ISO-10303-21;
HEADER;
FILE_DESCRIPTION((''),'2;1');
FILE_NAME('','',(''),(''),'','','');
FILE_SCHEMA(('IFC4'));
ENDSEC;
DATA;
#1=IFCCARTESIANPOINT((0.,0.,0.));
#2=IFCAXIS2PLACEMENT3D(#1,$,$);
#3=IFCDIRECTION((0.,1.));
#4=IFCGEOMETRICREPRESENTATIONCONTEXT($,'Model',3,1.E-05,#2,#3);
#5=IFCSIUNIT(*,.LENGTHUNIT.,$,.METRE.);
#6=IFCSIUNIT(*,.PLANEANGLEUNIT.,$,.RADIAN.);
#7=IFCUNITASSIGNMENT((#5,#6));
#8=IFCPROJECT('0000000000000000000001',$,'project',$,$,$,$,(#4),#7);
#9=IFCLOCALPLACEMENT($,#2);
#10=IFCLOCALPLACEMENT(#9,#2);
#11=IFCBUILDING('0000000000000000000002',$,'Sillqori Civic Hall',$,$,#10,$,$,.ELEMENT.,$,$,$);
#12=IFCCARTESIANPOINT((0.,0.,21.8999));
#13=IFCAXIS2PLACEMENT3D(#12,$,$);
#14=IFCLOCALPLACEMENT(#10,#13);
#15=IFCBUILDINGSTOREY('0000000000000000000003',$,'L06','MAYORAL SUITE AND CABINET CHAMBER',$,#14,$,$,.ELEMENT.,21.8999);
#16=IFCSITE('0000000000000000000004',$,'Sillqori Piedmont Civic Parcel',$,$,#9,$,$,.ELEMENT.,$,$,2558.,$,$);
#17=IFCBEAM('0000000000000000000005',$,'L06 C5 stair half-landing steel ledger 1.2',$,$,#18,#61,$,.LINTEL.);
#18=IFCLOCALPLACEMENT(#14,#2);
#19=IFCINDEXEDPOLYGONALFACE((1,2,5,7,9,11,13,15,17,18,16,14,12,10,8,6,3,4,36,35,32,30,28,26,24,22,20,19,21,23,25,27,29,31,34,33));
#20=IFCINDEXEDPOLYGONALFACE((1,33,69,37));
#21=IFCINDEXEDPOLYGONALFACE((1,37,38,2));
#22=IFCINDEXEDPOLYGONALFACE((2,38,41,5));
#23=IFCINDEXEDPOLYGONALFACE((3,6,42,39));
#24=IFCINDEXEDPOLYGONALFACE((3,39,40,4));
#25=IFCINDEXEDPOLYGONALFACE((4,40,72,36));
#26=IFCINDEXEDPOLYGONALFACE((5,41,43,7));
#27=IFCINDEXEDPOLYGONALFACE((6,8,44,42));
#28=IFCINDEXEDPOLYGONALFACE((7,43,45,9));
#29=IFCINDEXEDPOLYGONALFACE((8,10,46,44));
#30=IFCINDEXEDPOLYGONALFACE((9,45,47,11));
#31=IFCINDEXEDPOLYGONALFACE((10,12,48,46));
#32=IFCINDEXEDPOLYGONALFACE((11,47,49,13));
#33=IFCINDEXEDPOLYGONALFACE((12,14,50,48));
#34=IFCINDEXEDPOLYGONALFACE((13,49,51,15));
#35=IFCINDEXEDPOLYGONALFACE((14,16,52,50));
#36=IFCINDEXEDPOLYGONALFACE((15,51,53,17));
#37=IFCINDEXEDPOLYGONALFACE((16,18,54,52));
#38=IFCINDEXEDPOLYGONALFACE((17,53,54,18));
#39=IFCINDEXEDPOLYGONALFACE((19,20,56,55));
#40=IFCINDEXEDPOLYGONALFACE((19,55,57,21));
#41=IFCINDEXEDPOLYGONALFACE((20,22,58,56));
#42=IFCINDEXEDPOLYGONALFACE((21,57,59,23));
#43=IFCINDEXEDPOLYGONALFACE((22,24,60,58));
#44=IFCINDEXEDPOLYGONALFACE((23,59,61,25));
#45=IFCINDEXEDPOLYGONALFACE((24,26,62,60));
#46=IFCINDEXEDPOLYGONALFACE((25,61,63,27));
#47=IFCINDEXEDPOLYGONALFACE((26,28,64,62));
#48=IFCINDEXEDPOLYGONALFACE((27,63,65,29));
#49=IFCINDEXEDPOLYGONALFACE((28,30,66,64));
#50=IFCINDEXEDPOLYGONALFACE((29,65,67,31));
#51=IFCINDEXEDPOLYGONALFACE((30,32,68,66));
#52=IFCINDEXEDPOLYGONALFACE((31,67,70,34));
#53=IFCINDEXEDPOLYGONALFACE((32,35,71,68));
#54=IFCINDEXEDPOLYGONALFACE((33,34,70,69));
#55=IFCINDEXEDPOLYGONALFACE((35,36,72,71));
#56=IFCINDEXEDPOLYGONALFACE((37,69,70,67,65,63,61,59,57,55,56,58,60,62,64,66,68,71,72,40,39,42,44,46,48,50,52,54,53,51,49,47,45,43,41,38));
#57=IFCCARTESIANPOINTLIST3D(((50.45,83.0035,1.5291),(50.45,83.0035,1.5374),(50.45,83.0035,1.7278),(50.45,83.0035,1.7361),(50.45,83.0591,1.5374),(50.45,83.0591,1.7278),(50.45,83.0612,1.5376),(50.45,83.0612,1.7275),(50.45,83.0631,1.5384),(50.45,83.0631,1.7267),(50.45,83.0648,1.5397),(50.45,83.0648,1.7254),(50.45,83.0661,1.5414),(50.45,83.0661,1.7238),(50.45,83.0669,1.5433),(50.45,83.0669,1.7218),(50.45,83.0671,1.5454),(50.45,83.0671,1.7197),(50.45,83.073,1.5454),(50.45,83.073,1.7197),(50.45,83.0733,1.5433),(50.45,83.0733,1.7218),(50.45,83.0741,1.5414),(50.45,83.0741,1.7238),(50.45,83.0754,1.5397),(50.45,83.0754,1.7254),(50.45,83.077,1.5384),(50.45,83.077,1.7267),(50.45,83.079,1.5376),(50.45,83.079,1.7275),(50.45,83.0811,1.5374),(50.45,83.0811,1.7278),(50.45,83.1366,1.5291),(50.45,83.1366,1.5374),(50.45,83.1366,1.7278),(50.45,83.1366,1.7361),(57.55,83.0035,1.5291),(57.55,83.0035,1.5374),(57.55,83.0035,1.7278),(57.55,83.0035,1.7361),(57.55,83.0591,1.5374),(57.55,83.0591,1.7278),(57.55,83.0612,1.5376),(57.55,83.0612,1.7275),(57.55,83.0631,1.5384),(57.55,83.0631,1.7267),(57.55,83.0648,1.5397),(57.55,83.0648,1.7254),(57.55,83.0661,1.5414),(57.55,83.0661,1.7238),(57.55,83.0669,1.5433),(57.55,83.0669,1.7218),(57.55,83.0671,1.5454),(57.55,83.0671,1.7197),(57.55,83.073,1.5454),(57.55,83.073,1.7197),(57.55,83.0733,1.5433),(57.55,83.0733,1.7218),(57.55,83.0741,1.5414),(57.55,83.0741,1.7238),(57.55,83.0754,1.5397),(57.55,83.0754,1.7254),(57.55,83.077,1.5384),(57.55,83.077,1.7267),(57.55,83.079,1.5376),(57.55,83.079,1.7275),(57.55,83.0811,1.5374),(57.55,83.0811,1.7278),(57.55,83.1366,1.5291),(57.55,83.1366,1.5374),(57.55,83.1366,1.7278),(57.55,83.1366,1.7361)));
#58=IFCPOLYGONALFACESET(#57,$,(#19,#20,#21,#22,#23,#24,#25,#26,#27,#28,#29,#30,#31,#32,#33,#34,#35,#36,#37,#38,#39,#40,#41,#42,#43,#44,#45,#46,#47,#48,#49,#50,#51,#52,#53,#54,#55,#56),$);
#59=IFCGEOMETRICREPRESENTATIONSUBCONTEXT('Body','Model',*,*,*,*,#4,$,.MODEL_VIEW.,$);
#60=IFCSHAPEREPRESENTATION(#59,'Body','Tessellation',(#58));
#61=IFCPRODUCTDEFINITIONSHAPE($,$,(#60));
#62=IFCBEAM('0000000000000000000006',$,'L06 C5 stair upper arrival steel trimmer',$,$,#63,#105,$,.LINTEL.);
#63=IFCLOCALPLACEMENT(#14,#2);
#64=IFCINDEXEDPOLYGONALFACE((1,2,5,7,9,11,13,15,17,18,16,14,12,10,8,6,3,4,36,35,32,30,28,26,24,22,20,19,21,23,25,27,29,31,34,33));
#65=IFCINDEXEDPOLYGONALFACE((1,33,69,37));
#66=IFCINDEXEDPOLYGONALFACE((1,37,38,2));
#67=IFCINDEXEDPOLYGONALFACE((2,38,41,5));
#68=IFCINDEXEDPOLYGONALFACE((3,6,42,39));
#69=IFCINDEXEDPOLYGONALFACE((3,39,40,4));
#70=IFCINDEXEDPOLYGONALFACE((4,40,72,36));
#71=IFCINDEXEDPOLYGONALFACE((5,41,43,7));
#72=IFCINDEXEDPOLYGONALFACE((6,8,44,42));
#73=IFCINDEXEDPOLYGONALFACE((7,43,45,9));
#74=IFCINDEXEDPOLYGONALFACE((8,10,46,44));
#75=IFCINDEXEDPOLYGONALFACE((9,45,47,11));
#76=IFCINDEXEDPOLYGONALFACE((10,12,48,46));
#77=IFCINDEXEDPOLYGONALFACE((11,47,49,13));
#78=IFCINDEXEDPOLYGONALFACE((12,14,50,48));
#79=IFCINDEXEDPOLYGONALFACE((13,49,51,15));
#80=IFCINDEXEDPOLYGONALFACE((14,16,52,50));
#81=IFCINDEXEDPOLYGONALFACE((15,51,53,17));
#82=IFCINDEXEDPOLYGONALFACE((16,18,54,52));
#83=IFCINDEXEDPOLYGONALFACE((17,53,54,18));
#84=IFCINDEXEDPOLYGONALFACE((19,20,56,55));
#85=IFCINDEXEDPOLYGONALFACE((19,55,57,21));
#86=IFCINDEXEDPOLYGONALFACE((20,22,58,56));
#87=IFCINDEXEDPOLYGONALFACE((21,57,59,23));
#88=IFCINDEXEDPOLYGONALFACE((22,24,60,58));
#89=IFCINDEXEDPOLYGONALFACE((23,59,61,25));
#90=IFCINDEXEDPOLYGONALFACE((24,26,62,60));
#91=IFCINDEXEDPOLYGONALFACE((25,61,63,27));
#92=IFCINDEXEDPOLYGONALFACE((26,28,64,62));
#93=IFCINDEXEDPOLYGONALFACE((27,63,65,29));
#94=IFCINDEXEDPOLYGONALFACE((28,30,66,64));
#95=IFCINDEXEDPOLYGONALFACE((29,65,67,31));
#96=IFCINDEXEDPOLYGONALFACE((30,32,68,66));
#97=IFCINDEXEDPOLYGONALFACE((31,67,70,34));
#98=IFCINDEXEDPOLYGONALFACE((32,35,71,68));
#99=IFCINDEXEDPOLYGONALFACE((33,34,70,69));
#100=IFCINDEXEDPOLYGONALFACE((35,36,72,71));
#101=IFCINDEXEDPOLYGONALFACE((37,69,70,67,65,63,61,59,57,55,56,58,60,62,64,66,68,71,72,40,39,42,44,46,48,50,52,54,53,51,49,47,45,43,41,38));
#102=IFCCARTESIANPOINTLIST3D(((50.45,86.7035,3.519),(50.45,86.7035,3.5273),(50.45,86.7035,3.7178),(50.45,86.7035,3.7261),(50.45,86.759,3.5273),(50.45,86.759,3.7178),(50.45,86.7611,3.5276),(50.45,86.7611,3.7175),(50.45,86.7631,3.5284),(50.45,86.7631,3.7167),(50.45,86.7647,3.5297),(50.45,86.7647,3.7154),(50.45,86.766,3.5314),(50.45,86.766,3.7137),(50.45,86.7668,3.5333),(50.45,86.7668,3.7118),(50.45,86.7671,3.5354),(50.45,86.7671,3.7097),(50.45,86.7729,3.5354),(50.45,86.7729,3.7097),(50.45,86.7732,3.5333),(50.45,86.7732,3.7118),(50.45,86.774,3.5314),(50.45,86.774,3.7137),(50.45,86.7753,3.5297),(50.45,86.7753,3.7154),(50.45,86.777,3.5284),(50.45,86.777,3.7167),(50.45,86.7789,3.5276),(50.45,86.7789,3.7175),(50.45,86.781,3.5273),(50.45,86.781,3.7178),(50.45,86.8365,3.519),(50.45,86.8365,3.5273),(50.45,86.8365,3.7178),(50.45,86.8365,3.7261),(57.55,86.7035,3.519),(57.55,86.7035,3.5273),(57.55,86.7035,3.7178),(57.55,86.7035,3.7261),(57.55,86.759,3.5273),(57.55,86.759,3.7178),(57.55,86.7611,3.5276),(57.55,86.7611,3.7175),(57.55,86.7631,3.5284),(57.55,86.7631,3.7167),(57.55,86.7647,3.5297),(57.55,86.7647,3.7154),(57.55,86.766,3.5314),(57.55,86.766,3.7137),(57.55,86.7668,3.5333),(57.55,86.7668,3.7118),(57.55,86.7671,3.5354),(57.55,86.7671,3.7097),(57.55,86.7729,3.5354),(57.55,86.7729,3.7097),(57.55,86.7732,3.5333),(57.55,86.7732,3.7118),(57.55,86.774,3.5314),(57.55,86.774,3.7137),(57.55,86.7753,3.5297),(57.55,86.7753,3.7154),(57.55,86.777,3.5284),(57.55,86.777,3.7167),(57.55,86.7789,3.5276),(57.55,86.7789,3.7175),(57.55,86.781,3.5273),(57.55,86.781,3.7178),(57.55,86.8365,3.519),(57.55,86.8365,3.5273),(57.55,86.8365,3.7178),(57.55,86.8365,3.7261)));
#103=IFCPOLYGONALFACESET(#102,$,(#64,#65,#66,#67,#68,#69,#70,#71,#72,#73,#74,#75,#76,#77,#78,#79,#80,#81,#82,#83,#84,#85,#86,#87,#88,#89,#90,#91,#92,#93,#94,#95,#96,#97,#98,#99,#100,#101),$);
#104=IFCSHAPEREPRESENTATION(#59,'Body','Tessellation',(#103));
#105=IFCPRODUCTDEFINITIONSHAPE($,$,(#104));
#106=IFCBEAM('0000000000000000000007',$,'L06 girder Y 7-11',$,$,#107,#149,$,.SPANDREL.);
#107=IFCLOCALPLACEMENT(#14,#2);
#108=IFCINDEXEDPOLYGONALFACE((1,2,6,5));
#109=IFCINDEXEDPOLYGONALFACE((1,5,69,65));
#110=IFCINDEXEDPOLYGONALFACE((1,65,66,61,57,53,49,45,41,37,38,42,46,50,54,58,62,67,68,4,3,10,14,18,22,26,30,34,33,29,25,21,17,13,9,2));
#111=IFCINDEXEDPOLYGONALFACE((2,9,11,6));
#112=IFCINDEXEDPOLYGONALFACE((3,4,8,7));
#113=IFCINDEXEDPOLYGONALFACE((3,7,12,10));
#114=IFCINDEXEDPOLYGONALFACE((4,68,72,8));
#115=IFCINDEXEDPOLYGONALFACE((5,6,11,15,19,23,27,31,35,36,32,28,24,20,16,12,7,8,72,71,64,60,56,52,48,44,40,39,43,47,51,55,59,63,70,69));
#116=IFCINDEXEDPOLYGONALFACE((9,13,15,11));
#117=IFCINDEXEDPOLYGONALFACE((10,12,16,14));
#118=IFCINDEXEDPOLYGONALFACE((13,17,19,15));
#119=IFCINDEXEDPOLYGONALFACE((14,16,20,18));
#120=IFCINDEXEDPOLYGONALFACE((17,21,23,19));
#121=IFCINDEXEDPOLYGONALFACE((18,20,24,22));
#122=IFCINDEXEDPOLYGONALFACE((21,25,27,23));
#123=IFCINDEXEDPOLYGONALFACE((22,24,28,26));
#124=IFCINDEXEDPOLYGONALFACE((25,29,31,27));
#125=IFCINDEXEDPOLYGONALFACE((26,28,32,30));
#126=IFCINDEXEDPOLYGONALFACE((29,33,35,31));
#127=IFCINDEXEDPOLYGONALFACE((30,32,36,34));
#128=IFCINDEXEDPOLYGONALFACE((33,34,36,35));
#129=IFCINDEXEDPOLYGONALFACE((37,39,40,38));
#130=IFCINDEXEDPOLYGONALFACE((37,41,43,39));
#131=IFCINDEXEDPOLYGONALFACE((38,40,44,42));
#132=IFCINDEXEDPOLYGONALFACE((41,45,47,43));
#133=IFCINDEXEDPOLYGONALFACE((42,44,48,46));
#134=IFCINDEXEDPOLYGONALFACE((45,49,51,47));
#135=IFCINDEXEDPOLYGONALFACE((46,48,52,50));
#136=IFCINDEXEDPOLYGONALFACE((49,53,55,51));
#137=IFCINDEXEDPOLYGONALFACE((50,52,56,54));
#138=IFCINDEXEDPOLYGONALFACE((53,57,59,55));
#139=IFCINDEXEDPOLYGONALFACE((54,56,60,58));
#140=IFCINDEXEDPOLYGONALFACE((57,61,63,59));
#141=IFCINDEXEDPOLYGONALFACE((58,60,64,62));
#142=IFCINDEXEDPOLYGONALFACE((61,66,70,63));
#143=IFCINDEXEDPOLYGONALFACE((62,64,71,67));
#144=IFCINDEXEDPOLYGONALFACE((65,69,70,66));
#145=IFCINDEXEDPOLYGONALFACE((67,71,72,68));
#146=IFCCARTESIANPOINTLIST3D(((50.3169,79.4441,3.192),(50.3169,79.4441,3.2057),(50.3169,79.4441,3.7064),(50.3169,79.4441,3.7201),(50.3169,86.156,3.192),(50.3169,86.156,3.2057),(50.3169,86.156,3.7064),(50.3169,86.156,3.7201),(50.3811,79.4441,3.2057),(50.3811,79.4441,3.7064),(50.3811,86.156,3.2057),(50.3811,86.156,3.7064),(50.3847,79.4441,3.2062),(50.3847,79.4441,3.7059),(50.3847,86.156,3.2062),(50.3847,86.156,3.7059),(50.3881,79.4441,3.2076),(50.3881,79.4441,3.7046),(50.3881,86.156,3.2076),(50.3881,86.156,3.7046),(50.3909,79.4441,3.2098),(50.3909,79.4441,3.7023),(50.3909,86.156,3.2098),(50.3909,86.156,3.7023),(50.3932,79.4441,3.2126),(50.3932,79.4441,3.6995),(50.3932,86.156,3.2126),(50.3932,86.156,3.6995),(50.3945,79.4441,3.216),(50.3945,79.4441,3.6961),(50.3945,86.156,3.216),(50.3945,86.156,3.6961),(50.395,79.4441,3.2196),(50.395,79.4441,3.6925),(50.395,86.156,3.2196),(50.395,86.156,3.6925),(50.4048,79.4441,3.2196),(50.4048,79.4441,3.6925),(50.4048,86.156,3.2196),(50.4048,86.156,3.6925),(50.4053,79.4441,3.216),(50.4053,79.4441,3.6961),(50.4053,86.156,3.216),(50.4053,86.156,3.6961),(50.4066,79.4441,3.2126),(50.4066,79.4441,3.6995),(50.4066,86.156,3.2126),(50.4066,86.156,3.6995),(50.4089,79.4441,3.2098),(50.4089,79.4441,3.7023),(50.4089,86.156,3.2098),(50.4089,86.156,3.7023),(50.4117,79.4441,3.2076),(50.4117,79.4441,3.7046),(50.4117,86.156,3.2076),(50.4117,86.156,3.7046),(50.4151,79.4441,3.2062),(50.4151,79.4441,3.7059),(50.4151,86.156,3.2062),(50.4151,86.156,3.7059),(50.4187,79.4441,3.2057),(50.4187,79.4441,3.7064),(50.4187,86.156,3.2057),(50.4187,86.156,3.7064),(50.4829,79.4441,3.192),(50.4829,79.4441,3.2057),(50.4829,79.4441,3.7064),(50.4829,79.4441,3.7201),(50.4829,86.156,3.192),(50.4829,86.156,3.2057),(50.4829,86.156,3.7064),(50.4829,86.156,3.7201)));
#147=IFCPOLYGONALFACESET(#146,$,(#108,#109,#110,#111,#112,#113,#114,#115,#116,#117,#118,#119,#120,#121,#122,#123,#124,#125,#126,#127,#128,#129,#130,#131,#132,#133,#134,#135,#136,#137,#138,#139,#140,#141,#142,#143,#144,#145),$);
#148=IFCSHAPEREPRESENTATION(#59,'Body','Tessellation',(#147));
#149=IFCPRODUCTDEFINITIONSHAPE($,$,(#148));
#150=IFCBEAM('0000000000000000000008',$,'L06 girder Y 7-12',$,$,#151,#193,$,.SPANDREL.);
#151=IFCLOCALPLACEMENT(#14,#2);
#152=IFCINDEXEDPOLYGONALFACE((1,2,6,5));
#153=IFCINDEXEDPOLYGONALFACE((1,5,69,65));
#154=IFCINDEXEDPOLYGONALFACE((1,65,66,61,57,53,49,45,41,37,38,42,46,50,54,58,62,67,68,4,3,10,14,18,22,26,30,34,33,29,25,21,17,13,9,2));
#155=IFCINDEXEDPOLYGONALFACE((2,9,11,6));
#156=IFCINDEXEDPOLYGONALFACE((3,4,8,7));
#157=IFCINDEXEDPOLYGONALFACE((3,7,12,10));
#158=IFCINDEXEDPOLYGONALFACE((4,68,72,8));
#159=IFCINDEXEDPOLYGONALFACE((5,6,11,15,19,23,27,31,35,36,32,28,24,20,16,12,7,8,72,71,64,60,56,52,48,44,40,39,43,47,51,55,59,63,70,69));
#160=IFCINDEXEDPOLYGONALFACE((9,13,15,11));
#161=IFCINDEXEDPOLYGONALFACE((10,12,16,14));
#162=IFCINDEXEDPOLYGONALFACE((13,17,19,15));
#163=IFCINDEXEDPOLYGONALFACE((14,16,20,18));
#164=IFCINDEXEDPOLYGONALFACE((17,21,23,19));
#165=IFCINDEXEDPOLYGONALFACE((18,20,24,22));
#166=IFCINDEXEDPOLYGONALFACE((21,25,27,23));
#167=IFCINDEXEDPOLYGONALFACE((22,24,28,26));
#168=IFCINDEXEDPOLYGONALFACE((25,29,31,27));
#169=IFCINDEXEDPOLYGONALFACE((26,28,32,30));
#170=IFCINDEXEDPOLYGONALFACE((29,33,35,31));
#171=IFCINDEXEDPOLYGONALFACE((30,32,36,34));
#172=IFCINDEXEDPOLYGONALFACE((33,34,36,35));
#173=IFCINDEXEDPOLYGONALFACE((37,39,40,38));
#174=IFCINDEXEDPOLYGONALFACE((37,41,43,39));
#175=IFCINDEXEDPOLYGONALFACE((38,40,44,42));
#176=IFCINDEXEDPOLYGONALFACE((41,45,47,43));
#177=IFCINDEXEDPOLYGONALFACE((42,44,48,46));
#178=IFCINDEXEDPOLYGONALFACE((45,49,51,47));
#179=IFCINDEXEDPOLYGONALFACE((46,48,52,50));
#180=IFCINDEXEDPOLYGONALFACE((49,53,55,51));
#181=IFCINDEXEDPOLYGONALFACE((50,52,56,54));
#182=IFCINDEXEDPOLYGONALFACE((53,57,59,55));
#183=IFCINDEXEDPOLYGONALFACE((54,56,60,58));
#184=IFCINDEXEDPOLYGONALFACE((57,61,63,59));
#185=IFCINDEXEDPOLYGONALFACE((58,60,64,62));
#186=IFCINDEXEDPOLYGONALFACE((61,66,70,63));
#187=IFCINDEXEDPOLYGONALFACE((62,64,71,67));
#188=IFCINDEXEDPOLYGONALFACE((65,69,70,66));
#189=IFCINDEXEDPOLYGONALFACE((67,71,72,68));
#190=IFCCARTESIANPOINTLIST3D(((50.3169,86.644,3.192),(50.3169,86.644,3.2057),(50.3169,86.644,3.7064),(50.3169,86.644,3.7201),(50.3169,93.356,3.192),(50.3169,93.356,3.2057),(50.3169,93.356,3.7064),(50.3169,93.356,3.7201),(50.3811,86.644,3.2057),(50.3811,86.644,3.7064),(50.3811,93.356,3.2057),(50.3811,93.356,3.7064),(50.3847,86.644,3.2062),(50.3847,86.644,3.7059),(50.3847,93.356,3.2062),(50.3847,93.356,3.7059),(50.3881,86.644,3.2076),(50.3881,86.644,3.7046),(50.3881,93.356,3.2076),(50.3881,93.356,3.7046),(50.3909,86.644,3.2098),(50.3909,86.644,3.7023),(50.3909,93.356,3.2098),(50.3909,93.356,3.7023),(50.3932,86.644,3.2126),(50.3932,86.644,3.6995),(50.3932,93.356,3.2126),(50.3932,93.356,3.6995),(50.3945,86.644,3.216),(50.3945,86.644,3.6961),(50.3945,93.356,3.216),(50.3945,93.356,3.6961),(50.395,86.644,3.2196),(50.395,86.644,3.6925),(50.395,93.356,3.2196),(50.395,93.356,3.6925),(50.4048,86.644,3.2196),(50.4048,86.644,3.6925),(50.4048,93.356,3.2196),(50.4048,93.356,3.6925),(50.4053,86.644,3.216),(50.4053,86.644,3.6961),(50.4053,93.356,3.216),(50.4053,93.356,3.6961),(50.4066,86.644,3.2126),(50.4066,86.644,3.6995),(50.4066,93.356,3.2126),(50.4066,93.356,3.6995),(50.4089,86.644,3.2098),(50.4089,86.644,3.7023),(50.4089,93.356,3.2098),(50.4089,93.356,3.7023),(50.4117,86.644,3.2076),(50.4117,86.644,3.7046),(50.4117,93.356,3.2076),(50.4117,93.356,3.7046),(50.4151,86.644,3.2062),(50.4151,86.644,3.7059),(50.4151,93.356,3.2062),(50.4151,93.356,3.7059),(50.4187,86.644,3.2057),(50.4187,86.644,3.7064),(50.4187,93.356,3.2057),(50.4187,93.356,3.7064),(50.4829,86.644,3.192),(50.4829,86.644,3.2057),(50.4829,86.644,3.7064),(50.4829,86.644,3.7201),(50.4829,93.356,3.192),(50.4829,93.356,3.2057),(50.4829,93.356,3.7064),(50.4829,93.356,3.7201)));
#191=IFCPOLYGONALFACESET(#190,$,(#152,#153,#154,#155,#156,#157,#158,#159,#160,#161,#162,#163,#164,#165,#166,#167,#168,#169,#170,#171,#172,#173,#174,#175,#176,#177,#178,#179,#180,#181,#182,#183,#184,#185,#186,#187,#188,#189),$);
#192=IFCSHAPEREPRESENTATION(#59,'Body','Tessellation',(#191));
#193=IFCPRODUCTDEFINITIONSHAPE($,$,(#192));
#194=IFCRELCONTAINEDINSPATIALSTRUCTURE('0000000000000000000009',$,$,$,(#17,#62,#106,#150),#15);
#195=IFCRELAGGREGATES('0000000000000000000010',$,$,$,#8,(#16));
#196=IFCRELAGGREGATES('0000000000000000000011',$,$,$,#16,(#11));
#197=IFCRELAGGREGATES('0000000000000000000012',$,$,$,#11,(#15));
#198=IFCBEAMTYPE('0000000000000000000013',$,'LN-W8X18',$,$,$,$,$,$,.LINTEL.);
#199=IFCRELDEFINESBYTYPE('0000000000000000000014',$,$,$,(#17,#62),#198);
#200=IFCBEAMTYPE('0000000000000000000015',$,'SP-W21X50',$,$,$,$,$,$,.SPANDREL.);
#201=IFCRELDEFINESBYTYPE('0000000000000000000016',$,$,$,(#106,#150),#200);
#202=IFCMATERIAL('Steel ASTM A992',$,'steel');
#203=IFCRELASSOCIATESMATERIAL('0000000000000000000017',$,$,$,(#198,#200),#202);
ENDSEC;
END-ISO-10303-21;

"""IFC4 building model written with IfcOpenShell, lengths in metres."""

from ifc_helpers import new_model, si_unit, direction, frame, origin, origin_2d, place, context, subcontext, project, spatial, i_section, extrude, material, material_profile, profile_set, type_object, element, save


model = new_model("IFC4")

# Units and contexts
model_context = context("Model", 3, precision=1e-05, world=origin(), true_north=direction((0.0, 1.0)))
body_context = subcontext(model_context, "Body", "Model", "MODEL_VIEW")
ifc_project = project(units=[si_unit("LENGTHUNIT", "METRE"), si_unit("PLANEANGLEUNIT", "RADIAN")], contexts=[model_context])

# Site, building, storey
site_placement = place(None, origin())
site = spatial("IfcSite", under=ifc_project, at=site_placement, Name="Sillqori Piedmont Civic Parcel", CompositionType="ELEMENT", RefElevation=2558.0)
building_placement = place(site_placement, origin())
building = spatial("IfcBuilding", under=site, at=building_placement, Name="Sillqori Civic Hall", CompositionType="ELEMENT")
storey_placement = place(building_placement, frame((0.0, 0.0, 21.8999)))
storey = spatial("IfcBuildingStorey", under=building, at=storey_placement, Name="L06", Description="MAYORAL SUITE AND CABINET CHAMBER", CompositionType="ELEMENT", Elevation=21.8999)

# Beams
ifc_material_1 = material(Name="Steel ASTM A992", Category="steel")
ifc_material_profile_1 = material_profile(ifc_material_1, i_section(OverallWidth=0.1331, OverallDepth=0.207, WebThickness=0.0059, FlangeThickness=0.0083, FilletRadius=0.0081, at=origin_2d()), Name="W8X18")
ifc_profile_set_1 = profile_set([ifc_material_profile_1], Name="Steel ASTM A992")
beam_type_1 = type_object("IfcBeamType", Name="LN-W8X18", PredefinedType="LINTEL", material=ifc_profile_set_1)
for number, where, z_axis, x_axis, name in (
    (1, (50.45, 83.0701, 1.6326), (1.0, 0.0, 0.0), (0.0, 1.0, 0.0), "L06 C5 stair half-landing steel ledger 1.2"),
    (2, (50.45, 86.77, 3.6226), (1.0, 0.0, 0.0), (0.0, 1.0, 0.0), "L06 C5 stair upper arrival steel trimmer"),
):
    element("IfcBeam", number, at=place(storey_placement, frame(where, z_axis=z_axis, x_axis=x_axis)), inside=storey, type_object=beam_type_1, Name=name, PredefinedType="LINTEL", context=body_context, shape_type="SweptSolid", body=[
        extrude(i_section(OverallWidth=0.1331, OverallDepth=0.207, WebThickness=0.0059, FlangeThickness=0.0083, FilletRadius=0.0081, at=origin_2d()), origin(), (0.0, 0.0, 1.0), 7.1001),
    ])
ifc_material_profile_2 = material_profile(ifc_material_1, i_section(OverallWidth=0.166, OverallDepth=0.5281, WebThickness=0.0098, FlangeThickness=0.0137, FilletRadius=0.0139, at=origin_2d()), Name="W21X50")
ifc_profile_set_2 = profile_set([ifc_material_profile_2], Name="Steel ASTM A992")
beam_type_2 = type_object("IfcBeamType", Name="SP-W21X50", PredefinedType="SPANDREL", material=ifc_profile_set_2)
for number, where, z_axis, x_axis, name in (
    (3, (50.3999, 79.4441, 3.4561), (0.0, 1.0, 0.0), (-1.0, 0.0, 0.0), "L06 girder Y 7-11"),
    (4, (50.3999, 86.644, 3.4561), (0.0, 1.0, 0.0), (-1.0, 0.0, 0.0), "L06 girder Y 7-12"),
):
    element("IfcBeam", number, at=place(storey_placement, frame(where, z_axis=z_axis, x_axis=x_axis)), inside=storey, type_object=beam_type_2, Name=name, PredefinedType="SPANDREL", context=body_context, shape_type="SweptSolid", body=[
        extrude(i_section(OverallWidth=0.166, OverallDepth=0.5281, WebThickness=0.0098, FlangeThickness=0.0137, FilletRadius=0.0139, at=origin_2d()), origin(), (0.0, 0.0, 1.0), 6.7119),
    ])

save(model, "model.ifc")
